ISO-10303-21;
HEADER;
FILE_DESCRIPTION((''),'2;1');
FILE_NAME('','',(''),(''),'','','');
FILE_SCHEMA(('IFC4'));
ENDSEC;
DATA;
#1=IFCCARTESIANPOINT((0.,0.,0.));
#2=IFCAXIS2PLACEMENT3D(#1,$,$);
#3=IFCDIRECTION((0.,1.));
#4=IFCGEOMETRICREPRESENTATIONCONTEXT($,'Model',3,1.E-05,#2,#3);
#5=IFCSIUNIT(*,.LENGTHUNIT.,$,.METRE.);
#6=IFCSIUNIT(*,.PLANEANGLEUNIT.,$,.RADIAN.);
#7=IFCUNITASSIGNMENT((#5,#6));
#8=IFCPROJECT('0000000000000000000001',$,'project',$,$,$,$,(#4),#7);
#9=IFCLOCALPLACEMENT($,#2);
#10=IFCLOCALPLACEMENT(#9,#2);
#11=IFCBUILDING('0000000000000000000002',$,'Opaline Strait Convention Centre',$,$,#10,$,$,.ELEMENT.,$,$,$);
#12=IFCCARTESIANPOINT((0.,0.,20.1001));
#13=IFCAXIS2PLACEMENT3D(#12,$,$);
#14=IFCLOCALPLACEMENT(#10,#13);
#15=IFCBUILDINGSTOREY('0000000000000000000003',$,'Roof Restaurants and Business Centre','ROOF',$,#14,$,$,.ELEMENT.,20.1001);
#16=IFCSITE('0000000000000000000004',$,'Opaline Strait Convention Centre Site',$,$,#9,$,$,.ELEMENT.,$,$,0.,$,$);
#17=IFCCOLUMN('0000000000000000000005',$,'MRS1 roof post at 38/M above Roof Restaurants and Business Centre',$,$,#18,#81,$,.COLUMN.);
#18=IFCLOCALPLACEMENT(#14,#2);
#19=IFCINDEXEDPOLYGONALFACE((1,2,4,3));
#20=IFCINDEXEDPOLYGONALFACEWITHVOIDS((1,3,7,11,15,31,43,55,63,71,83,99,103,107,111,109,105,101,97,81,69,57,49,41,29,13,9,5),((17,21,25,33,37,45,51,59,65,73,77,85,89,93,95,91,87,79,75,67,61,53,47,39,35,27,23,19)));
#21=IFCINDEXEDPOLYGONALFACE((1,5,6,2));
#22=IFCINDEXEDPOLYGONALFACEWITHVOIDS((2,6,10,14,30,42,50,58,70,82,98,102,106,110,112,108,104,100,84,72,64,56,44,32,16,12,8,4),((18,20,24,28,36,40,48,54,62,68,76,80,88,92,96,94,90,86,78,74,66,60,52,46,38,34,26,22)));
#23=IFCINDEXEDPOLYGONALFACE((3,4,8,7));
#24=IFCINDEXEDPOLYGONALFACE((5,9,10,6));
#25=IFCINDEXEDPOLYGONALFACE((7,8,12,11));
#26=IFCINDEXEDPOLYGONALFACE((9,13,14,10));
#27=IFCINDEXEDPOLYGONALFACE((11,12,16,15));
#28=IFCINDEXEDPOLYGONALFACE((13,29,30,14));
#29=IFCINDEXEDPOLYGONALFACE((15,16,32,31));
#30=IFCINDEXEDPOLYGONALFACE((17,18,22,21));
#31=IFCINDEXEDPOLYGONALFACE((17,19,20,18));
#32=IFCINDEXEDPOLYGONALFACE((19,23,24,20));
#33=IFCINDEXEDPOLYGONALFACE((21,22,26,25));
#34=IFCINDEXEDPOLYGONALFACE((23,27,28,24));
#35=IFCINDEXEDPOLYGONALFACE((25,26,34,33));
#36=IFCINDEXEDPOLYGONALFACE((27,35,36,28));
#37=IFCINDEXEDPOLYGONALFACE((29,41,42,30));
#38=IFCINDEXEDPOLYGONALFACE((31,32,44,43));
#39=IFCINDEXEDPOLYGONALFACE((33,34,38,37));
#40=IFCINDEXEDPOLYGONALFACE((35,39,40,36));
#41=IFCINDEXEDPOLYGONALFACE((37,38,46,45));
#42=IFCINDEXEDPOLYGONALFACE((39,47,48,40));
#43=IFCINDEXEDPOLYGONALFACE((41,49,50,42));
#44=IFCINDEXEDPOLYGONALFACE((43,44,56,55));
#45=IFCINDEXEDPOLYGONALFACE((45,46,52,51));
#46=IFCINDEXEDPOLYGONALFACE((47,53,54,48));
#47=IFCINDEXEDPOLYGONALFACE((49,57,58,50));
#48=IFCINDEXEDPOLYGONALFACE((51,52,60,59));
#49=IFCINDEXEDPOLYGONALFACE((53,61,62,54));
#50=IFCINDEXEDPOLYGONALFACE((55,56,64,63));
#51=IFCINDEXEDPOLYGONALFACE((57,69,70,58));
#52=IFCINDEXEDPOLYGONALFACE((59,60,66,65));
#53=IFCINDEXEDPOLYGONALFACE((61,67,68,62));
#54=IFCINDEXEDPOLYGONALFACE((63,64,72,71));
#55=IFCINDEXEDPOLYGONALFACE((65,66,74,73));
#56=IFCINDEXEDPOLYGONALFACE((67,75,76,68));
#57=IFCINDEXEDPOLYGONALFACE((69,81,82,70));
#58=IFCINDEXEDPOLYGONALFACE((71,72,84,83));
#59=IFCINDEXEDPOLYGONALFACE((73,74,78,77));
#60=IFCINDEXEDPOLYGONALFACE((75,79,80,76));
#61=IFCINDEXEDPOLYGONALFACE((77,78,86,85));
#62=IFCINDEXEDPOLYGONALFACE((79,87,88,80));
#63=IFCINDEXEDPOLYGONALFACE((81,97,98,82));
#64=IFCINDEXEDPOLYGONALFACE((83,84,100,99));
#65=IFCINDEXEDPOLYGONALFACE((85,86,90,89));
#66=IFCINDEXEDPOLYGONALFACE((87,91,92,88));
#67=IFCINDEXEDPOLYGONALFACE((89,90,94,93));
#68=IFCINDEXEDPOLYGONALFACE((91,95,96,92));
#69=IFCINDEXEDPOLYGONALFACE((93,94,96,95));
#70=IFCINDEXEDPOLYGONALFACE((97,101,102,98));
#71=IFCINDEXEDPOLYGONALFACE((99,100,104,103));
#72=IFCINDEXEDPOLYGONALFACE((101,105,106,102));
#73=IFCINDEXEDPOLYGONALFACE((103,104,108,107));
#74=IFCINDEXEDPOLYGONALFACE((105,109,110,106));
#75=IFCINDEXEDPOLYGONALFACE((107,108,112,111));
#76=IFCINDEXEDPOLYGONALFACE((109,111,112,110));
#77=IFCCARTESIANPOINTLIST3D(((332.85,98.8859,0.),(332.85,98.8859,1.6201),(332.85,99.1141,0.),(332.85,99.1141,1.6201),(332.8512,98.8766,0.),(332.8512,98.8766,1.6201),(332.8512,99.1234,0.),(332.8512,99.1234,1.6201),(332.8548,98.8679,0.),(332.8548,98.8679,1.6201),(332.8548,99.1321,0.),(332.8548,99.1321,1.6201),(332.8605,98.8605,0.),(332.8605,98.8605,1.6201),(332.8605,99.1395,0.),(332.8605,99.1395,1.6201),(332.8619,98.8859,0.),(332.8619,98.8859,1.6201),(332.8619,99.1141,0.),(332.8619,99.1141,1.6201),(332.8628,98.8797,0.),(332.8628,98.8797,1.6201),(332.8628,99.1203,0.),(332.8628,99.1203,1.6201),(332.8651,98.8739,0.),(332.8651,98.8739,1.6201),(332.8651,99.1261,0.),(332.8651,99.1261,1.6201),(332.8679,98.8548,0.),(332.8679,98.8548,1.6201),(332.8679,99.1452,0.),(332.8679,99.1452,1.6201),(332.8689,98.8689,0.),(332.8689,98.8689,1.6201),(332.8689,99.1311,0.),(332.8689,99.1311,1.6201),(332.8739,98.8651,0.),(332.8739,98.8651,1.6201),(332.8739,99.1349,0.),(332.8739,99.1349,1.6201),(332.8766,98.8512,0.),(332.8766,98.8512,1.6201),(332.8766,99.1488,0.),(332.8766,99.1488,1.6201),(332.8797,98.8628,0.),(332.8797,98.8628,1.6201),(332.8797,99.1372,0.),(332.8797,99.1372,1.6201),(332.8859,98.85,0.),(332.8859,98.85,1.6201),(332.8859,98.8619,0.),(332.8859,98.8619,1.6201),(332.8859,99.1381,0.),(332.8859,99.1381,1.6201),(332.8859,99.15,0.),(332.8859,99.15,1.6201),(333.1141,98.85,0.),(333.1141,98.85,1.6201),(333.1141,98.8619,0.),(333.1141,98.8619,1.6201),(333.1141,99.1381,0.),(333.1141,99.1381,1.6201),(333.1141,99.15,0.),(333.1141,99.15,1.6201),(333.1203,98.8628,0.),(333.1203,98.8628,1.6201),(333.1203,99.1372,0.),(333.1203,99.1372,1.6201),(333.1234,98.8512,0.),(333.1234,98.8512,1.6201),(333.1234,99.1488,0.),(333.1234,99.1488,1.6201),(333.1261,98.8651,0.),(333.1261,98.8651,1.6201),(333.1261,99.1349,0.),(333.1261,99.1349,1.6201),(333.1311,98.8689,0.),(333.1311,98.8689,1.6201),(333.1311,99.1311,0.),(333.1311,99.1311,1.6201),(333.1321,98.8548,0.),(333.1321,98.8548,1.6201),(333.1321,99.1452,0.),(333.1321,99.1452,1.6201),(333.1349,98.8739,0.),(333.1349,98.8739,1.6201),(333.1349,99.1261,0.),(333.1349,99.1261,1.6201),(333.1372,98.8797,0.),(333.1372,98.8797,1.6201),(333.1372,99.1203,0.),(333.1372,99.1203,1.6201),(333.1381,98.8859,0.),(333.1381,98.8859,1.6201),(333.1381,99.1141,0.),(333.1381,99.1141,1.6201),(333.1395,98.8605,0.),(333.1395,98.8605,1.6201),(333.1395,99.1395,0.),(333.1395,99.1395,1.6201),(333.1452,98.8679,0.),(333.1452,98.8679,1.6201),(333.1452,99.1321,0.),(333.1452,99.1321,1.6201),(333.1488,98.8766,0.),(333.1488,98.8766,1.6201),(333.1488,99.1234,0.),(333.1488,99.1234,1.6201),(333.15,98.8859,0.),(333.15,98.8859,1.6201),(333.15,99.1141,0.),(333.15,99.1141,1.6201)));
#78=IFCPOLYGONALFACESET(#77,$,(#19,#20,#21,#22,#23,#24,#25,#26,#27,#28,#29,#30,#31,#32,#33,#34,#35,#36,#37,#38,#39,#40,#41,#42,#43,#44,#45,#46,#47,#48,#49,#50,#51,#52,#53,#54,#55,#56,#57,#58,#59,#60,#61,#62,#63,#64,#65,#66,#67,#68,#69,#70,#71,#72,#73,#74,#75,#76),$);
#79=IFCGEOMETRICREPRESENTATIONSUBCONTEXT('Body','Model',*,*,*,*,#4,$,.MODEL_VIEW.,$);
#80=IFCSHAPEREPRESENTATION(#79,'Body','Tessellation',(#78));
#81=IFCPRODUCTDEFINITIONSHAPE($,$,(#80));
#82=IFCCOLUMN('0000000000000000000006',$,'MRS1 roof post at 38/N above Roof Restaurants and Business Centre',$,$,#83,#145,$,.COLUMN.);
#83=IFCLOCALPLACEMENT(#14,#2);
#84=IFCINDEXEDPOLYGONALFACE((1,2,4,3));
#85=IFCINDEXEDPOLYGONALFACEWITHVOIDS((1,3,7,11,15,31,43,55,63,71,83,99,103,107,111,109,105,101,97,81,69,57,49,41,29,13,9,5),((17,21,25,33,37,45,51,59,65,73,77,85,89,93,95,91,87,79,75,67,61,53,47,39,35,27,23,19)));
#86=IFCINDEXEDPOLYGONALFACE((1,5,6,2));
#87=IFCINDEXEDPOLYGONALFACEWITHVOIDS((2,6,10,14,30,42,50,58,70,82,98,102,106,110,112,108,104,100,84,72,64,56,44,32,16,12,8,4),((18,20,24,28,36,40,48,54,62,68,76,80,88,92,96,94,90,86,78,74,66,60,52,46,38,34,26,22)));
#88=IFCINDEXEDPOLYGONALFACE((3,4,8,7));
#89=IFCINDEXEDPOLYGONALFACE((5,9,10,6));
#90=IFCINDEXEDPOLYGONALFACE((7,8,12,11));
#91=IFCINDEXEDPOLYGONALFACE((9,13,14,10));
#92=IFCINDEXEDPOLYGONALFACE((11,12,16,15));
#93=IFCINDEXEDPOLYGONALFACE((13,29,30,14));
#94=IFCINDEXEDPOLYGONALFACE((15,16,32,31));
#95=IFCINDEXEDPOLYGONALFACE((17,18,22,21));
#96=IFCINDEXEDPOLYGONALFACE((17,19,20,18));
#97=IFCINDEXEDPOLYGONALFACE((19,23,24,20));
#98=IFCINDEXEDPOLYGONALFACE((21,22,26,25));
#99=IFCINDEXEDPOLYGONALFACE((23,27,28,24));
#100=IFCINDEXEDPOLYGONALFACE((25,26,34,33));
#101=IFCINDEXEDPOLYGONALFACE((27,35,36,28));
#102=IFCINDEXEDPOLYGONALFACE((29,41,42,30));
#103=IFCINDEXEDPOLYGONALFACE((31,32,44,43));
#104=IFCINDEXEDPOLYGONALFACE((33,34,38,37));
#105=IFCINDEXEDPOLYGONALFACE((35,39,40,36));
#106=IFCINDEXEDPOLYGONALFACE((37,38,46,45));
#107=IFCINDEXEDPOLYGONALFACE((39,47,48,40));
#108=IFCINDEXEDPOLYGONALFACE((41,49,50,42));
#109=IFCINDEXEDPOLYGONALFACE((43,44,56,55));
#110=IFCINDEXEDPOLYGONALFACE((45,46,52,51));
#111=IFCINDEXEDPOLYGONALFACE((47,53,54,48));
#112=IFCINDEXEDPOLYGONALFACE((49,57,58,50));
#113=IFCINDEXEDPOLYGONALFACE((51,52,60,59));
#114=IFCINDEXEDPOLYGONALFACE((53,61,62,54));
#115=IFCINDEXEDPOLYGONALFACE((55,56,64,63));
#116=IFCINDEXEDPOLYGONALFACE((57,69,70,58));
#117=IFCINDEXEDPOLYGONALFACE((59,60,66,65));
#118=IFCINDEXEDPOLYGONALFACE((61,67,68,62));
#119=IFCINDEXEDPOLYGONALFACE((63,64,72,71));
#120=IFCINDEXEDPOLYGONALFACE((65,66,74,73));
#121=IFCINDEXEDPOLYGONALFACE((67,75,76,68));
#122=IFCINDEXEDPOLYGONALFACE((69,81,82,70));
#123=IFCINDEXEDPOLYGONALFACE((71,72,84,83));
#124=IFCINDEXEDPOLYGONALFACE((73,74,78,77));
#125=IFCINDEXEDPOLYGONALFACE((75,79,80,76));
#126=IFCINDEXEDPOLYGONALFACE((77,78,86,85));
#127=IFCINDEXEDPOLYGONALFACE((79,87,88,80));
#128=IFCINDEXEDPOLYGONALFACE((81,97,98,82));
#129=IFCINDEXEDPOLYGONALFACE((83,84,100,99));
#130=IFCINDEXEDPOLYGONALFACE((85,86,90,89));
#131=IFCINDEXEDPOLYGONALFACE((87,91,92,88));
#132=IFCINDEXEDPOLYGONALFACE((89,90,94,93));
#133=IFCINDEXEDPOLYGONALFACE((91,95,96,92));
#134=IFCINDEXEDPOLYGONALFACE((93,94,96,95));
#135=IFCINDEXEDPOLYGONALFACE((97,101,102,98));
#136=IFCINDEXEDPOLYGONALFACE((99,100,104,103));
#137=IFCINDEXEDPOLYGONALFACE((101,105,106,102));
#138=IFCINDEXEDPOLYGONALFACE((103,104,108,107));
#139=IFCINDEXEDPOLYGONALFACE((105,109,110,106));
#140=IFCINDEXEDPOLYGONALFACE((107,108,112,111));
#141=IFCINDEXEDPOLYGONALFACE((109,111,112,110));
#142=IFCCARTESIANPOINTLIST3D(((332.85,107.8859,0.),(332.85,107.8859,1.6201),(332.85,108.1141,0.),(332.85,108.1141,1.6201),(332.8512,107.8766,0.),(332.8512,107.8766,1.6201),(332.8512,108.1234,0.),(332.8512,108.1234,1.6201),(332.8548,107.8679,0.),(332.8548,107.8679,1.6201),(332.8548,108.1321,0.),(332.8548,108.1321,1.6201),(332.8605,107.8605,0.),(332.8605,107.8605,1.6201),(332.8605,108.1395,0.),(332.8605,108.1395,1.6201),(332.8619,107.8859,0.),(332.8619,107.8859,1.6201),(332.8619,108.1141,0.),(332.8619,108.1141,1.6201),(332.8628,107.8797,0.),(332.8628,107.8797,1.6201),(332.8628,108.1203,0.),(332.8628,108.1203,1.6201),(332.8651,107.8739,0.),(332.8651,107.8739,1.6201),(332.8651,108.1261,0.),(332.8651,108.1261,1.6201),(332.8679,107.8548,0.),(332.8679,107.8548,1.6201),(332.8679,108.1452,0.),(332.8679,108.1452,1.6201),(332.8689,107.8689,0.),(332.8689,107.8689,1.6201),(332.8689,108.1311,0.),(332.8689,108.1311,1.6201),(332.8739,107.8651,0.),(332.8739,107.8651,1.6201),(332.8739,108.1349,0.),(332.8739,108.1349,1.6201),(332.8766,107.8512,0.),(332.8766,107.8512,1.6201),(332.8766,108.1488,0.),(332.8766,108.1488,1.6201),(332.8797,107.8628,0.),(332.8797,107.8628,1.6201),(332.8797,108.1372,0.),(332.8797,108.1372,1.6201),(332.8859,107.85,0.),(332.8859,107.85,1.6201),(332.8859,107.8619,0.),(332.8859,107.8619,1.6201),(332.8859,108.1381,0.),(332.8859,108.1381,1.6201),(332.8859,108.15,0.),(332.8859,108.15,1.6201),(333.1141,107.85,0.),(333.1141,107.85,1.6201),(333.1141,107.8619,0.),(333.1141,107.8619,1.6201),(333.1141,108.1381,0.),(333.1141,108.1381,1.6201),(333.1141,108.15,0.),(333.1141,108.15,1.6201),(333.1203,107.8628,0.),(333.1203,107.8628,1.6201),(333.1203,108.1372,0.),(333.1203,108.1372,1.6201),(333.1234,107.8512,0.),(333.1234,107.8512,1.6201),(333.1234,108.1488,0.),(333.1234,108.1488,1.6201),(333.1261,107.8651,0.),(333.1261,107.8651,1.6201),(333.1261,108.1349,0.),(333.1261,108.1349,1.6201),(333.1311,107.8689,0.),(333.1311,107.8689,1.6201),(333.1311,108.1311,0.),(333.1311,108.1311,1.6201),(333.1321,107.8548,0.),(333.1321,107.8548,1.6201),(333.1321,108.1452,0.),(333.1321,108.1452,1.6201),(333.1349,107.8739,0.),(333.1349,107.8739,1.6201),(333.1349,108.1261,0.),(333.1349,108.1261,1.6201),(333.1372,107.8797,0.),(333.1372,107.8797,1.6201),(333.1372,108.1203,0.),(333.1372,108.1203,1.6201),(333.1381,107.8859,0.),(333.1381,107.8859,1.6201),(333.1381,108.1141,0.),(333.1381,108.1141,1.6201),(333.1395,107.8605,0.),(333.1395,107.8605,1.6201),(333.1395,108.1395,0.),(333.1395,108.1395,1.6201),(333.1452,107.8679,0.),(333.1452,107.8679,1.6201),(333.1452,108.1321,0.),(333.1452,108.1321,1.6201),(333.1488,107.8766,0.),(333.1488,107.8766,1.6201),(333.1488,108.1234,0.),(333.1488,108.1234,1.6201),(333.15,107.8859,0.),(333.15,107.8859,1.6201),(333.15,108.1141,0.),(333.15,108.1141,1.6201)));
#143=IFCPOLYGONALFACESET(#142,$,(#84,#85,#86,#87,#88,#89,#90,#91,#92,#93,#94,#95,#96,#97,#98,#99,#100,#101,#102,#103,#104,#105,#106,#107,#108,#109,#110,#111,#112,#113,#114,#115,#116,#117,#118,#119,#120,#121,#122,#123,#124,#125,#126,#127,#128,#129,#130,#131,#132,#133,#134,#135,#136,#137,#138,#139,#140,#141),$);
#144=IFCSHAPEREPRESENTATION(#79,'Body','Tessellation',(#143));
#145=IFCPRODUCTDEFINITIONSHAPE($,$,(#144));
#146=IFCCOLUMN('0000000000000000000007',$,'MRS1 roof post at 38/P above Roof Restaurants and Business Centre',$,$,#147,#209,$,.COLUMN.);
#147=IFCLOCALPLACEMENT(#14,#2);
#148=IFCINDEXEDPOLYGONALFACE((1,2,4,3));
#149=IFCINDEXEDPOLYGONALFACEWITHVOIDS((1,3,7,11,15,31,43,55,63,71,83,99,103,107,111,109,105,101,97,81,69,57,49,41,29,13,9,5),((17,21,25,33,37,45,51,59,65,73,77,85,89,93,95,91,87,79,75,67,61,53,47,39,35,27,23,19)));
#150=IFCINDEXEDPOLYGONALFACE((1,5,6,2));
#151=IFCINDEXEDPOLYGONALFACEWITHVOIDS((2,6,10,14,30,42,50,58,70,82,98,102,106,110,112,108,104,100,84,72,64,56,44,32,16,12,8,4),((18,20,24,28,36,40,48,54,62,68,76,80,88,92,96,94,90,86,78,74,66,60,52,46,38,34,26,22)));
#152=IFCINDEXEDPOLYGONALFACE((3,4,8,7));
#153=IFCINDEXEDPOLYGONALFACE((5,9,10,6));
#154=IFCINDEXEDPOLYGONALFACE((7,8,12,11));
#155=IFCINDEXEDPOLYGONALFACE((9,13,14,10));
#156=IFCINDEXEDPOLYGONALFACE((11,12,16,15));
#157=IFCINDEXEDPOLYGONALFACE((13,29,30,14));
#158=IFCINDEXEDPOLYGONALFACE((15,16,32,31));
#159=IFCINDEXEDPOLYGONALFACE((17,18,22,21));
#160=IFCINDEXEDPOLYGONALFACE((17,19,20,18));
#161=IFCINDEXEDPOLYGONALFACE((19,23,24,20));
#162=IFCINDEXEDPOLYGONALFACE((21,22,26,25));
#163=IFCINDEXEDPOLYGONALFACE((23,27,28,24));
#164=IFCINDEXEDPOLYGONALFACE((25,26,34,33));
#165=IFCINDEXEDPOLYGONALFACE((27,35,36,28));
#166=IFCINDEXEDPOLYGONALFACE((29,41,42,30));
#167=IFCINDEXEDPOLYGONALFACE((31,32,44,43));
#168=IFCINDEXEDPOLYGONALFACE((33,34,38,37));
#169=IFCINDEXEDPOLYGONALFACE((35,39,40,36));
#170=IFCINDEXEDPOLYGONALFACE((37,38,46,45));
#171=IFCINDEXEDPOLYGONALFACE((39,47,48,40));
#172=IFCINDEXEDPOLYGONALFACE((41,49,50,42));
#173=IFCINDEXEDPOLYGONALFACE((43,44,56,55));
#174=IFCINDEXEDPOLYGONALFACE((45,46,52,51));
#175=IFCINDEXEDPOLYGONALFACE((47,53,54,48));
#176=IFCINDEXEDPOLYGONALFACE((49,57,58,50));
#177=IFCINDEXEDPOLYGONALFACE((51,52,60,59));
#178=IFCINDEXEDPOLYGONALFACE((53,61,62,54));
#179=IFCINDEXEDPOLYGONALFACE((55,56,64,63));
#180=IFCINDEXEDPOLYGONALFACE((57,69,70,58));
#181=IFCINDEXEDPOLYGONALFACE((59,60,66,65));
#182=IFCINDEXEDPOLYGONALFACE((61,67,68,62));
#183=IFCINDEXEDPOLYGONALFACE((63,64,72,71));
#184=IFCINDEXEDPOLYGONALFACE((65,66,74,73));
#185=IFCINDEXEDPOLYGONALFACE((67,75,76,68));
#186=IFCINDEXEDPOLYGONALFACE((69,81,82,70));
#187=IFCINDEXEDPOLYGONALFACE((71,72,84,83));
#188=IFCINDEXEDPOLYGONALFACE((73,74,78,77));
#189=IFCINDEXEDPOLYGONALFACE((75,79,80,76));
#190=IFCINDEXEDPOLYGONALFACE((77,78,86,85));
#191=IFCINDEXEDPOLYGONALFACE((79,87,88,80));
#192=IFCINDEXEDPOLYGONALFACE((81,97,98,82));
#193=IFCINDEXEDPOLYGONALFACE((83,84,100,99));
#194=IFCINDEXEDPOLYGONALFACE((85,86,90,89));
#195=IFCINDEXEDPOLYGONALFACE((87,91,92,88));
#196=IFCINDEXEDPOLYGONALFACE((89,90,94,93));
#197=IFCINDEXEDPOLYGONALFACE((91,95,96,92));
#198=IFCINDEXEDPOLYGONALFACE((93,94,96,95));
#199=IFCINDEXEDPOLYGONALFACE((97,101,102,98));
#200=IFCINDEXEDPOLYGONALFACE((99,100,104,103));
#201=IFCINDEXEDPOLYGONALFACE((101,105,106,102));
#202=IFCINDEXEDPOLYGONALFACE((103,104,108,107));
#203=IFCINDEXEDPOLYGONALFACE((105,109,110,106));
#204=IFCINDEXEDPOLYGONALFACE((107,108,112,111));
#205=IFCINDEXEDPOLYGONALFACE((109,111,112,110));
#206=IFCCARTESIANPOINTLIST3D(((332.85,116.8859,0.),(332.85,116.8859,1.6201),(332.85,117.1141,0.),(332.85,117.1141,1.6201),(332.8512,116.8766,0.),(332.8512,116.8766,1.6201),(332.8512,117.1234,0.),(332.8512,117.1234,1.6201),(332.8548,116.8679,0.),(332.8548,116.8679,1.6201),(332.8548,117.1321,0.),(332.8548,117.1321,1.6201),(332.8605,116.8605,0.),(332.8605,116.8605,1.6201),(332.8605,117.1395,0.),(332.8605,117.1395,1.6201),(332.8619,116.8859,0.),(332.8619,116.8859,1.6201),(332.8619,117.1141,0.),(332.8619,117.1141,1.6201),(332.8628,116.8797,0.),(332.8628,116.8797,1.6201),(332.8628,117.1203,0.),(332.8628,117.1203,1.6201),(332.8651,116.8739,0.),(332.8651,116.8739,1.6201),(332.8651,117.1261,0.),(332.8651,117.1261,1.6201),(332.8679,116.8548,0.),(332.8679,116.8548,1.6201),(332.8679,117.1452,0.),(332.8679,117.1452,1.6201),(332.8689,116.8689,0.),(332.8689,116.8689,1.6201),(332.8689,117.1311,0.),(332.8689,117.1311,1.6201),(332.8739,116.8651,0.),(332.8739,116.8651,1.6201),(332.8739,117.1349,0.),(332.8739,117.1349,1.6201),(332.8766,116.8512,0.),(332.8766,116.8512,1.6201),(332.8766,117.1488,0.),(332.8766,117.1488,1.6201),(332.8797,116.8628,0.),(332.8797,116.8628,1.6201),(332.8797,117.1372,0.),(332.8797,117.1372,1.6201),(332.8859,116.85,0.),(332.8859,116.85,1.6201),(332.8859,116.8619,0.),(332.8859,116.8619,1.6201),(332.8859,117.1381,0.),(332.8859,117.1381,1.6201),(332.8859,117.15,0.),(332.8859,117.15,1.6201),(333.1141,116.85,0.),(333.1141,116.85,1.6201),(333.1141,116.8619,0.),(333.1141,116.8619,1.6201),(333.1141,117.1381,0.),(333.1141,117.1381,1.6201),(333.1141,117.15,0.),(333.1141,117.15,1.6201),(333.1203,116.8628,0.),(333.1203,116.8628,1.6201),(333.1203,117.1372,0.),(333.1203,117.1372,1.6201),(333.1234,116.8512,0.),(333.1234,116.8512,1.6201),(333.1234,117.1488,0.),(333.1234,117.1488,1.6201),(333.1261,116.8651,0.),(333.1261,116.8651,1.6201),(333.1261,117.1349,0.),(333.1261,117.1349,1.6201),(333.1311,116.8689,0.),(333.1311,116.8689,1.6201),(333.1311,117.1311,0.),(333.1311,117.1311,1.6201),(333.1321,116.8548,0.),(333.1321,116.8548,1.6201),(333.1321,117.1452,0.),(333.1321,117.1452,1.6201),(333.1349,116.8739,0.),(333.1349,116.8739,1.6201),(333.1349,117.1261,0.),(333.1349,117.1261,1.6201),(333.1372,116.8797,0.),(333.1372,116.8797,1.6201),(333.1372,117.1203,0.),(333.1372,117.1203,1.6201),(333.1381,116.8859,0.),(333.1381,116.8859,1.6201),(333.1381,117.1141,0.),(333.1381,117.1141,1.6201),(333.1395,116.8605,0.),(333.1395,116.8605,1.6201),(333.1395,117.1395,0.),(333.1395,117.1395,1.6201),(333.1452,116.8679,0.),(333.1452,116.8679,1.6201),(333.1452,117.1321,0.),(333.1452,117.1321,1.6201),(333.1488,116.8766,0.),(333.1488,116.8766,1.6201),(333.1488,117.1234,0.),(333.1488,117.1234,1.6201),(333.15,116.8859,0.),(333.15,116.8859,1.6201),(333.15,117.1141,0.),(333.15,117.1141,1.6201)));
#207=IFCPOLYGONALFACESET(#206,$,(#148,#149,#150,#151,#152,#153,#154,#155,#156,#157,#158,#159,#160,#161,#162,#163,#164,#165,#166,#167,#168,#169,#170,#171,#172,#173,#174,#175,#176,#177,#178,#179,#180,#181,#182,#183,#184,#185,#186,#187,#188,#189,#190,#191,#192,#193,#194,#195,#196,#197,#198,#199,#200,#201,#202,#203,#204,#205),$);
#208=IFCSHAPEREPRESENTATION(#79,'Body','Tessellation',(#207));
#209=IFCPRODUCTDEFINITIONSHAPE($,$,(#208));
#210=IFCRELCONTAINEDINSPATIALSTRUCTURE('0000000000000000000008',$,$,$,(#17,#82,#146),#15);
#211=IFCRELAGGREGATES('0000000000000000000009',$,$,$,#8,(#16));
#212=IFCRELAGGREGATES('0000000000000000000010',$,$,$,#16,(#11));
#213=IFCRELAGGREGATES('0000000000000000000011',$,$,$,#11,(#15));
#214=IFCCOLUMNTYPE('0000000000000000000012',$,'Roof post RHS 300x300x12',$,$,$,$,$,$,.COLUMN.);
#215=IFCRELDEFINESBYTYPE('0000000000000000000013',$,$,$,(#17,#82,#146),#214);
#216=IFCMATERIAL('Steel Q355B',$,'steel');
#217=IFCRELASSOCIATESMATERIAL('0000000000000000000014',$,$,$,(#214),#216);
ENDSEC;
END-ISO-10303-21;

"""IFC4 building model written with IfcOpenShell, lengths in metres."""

from ifc_helpers import new_model, si_unit, direction, frame, origin, origin_2d, place, context, subcontext, project, spatial, hollow_rectangle, extrude, material, material_profile, profile_set, type_object, element, save


model = new_model("IFC4")

# Units and contexts
model_context = context("Model", 3, precision=1e-05, world=origin(), true_north=direction((0.0, 1.0)))
body_context = subcontext(model_context, "Body", "Model", "MODEL_VIEW")
ifc_project = project(units=[si_unit("LENGTHUNIT", "METRE"), si_unit("PLANEANGLEUNIT", "RADIAN")], contexts=[model_context])

# Site, building, storey
site_placement = place(None, origin())
site = spatial("IfcSite", under=ifc_project, at=site_placement, Name="Opaline Strait Convention Centre Site", CompositionType="ELEMENT", RefElevation=0.0)
building_placement = place(site_placement, origin())
building = spatial("IfcBuilding", under=site, at=building_placement, Name="Opaline Strait Convention Centre", CompositionType="ELEMENT")
storey_placement = place(building_placement, frame((0.0, 0.0, 20.1001)))
storey = spatial("IfcBuildingStorey", under=building, at=storey_placement, Name="Roof Restaurants and Business Centre", Description="ROOF", CompositionType="ELEMENT", Elevation=20.1001)

# Columns
ifc_material = material(Name="Steel Q355B", Category="steel")
ifc_material_profile = material_profile(ifc_material, hollow_rectangle(XDim=0.3, YDim=0.3, WallThickness=0.012, InnerFilletRadius=0.0239, OuterFilletRadius=0.0359, at=origin_2d()), Name="RHS 300x300x12")
ifc_profile_set = profile_set([ifc_material_profile], Name="Steel Q355B")
column_type = type_object("IfcColumnType", Name="Roof post RHS 300x300x12", PredefinedType="COLUMN", material=ifc_profile_set)
for number, where, z_axis, x_axis, name in (
    (1, (333.0, 99.0, 0.0), (0.0, 0.0, 1.0), (1.0, 0.0, 0.0), "MRS1 roof post at 38/M above Roof Restaurants and Business Centre"),
    (2, (333.0, 108.0, 0.0), (0.0, 0.0, 1.0), (1.0, 0.0, 0.0), "MRS1 roof post at 38/N above Roof Restaurants and Business Centre"),
    (3, (333.0, 117.0, 0.0), (0.0, 0.0, 1.0), (1.0, 0.0, 0.0), "MRS1 roof post at 38/P above Roof Restaurants and Business Centre"),
):
    element("IfcColumn", number, at=place(storey_placement, frame(where, z_axis=z_axis, x_axis=x_axis)), inside=storey, type_object=column_type, Name=name, PredefinedType="COLUMN", context=body_context, shape_type="SweptSolid", body=[
        extrude(hollow_rectangle(XDim=0.3, YDim=0.3, WallThickness=0.012, InnerFilletRadius=0.0239, OuterFilletRadius=0.0359, at=origin_2d()), origin(), (0.0, 0.0, 1.0), 1.6201),
    ])

save(model, "model.ifc")
